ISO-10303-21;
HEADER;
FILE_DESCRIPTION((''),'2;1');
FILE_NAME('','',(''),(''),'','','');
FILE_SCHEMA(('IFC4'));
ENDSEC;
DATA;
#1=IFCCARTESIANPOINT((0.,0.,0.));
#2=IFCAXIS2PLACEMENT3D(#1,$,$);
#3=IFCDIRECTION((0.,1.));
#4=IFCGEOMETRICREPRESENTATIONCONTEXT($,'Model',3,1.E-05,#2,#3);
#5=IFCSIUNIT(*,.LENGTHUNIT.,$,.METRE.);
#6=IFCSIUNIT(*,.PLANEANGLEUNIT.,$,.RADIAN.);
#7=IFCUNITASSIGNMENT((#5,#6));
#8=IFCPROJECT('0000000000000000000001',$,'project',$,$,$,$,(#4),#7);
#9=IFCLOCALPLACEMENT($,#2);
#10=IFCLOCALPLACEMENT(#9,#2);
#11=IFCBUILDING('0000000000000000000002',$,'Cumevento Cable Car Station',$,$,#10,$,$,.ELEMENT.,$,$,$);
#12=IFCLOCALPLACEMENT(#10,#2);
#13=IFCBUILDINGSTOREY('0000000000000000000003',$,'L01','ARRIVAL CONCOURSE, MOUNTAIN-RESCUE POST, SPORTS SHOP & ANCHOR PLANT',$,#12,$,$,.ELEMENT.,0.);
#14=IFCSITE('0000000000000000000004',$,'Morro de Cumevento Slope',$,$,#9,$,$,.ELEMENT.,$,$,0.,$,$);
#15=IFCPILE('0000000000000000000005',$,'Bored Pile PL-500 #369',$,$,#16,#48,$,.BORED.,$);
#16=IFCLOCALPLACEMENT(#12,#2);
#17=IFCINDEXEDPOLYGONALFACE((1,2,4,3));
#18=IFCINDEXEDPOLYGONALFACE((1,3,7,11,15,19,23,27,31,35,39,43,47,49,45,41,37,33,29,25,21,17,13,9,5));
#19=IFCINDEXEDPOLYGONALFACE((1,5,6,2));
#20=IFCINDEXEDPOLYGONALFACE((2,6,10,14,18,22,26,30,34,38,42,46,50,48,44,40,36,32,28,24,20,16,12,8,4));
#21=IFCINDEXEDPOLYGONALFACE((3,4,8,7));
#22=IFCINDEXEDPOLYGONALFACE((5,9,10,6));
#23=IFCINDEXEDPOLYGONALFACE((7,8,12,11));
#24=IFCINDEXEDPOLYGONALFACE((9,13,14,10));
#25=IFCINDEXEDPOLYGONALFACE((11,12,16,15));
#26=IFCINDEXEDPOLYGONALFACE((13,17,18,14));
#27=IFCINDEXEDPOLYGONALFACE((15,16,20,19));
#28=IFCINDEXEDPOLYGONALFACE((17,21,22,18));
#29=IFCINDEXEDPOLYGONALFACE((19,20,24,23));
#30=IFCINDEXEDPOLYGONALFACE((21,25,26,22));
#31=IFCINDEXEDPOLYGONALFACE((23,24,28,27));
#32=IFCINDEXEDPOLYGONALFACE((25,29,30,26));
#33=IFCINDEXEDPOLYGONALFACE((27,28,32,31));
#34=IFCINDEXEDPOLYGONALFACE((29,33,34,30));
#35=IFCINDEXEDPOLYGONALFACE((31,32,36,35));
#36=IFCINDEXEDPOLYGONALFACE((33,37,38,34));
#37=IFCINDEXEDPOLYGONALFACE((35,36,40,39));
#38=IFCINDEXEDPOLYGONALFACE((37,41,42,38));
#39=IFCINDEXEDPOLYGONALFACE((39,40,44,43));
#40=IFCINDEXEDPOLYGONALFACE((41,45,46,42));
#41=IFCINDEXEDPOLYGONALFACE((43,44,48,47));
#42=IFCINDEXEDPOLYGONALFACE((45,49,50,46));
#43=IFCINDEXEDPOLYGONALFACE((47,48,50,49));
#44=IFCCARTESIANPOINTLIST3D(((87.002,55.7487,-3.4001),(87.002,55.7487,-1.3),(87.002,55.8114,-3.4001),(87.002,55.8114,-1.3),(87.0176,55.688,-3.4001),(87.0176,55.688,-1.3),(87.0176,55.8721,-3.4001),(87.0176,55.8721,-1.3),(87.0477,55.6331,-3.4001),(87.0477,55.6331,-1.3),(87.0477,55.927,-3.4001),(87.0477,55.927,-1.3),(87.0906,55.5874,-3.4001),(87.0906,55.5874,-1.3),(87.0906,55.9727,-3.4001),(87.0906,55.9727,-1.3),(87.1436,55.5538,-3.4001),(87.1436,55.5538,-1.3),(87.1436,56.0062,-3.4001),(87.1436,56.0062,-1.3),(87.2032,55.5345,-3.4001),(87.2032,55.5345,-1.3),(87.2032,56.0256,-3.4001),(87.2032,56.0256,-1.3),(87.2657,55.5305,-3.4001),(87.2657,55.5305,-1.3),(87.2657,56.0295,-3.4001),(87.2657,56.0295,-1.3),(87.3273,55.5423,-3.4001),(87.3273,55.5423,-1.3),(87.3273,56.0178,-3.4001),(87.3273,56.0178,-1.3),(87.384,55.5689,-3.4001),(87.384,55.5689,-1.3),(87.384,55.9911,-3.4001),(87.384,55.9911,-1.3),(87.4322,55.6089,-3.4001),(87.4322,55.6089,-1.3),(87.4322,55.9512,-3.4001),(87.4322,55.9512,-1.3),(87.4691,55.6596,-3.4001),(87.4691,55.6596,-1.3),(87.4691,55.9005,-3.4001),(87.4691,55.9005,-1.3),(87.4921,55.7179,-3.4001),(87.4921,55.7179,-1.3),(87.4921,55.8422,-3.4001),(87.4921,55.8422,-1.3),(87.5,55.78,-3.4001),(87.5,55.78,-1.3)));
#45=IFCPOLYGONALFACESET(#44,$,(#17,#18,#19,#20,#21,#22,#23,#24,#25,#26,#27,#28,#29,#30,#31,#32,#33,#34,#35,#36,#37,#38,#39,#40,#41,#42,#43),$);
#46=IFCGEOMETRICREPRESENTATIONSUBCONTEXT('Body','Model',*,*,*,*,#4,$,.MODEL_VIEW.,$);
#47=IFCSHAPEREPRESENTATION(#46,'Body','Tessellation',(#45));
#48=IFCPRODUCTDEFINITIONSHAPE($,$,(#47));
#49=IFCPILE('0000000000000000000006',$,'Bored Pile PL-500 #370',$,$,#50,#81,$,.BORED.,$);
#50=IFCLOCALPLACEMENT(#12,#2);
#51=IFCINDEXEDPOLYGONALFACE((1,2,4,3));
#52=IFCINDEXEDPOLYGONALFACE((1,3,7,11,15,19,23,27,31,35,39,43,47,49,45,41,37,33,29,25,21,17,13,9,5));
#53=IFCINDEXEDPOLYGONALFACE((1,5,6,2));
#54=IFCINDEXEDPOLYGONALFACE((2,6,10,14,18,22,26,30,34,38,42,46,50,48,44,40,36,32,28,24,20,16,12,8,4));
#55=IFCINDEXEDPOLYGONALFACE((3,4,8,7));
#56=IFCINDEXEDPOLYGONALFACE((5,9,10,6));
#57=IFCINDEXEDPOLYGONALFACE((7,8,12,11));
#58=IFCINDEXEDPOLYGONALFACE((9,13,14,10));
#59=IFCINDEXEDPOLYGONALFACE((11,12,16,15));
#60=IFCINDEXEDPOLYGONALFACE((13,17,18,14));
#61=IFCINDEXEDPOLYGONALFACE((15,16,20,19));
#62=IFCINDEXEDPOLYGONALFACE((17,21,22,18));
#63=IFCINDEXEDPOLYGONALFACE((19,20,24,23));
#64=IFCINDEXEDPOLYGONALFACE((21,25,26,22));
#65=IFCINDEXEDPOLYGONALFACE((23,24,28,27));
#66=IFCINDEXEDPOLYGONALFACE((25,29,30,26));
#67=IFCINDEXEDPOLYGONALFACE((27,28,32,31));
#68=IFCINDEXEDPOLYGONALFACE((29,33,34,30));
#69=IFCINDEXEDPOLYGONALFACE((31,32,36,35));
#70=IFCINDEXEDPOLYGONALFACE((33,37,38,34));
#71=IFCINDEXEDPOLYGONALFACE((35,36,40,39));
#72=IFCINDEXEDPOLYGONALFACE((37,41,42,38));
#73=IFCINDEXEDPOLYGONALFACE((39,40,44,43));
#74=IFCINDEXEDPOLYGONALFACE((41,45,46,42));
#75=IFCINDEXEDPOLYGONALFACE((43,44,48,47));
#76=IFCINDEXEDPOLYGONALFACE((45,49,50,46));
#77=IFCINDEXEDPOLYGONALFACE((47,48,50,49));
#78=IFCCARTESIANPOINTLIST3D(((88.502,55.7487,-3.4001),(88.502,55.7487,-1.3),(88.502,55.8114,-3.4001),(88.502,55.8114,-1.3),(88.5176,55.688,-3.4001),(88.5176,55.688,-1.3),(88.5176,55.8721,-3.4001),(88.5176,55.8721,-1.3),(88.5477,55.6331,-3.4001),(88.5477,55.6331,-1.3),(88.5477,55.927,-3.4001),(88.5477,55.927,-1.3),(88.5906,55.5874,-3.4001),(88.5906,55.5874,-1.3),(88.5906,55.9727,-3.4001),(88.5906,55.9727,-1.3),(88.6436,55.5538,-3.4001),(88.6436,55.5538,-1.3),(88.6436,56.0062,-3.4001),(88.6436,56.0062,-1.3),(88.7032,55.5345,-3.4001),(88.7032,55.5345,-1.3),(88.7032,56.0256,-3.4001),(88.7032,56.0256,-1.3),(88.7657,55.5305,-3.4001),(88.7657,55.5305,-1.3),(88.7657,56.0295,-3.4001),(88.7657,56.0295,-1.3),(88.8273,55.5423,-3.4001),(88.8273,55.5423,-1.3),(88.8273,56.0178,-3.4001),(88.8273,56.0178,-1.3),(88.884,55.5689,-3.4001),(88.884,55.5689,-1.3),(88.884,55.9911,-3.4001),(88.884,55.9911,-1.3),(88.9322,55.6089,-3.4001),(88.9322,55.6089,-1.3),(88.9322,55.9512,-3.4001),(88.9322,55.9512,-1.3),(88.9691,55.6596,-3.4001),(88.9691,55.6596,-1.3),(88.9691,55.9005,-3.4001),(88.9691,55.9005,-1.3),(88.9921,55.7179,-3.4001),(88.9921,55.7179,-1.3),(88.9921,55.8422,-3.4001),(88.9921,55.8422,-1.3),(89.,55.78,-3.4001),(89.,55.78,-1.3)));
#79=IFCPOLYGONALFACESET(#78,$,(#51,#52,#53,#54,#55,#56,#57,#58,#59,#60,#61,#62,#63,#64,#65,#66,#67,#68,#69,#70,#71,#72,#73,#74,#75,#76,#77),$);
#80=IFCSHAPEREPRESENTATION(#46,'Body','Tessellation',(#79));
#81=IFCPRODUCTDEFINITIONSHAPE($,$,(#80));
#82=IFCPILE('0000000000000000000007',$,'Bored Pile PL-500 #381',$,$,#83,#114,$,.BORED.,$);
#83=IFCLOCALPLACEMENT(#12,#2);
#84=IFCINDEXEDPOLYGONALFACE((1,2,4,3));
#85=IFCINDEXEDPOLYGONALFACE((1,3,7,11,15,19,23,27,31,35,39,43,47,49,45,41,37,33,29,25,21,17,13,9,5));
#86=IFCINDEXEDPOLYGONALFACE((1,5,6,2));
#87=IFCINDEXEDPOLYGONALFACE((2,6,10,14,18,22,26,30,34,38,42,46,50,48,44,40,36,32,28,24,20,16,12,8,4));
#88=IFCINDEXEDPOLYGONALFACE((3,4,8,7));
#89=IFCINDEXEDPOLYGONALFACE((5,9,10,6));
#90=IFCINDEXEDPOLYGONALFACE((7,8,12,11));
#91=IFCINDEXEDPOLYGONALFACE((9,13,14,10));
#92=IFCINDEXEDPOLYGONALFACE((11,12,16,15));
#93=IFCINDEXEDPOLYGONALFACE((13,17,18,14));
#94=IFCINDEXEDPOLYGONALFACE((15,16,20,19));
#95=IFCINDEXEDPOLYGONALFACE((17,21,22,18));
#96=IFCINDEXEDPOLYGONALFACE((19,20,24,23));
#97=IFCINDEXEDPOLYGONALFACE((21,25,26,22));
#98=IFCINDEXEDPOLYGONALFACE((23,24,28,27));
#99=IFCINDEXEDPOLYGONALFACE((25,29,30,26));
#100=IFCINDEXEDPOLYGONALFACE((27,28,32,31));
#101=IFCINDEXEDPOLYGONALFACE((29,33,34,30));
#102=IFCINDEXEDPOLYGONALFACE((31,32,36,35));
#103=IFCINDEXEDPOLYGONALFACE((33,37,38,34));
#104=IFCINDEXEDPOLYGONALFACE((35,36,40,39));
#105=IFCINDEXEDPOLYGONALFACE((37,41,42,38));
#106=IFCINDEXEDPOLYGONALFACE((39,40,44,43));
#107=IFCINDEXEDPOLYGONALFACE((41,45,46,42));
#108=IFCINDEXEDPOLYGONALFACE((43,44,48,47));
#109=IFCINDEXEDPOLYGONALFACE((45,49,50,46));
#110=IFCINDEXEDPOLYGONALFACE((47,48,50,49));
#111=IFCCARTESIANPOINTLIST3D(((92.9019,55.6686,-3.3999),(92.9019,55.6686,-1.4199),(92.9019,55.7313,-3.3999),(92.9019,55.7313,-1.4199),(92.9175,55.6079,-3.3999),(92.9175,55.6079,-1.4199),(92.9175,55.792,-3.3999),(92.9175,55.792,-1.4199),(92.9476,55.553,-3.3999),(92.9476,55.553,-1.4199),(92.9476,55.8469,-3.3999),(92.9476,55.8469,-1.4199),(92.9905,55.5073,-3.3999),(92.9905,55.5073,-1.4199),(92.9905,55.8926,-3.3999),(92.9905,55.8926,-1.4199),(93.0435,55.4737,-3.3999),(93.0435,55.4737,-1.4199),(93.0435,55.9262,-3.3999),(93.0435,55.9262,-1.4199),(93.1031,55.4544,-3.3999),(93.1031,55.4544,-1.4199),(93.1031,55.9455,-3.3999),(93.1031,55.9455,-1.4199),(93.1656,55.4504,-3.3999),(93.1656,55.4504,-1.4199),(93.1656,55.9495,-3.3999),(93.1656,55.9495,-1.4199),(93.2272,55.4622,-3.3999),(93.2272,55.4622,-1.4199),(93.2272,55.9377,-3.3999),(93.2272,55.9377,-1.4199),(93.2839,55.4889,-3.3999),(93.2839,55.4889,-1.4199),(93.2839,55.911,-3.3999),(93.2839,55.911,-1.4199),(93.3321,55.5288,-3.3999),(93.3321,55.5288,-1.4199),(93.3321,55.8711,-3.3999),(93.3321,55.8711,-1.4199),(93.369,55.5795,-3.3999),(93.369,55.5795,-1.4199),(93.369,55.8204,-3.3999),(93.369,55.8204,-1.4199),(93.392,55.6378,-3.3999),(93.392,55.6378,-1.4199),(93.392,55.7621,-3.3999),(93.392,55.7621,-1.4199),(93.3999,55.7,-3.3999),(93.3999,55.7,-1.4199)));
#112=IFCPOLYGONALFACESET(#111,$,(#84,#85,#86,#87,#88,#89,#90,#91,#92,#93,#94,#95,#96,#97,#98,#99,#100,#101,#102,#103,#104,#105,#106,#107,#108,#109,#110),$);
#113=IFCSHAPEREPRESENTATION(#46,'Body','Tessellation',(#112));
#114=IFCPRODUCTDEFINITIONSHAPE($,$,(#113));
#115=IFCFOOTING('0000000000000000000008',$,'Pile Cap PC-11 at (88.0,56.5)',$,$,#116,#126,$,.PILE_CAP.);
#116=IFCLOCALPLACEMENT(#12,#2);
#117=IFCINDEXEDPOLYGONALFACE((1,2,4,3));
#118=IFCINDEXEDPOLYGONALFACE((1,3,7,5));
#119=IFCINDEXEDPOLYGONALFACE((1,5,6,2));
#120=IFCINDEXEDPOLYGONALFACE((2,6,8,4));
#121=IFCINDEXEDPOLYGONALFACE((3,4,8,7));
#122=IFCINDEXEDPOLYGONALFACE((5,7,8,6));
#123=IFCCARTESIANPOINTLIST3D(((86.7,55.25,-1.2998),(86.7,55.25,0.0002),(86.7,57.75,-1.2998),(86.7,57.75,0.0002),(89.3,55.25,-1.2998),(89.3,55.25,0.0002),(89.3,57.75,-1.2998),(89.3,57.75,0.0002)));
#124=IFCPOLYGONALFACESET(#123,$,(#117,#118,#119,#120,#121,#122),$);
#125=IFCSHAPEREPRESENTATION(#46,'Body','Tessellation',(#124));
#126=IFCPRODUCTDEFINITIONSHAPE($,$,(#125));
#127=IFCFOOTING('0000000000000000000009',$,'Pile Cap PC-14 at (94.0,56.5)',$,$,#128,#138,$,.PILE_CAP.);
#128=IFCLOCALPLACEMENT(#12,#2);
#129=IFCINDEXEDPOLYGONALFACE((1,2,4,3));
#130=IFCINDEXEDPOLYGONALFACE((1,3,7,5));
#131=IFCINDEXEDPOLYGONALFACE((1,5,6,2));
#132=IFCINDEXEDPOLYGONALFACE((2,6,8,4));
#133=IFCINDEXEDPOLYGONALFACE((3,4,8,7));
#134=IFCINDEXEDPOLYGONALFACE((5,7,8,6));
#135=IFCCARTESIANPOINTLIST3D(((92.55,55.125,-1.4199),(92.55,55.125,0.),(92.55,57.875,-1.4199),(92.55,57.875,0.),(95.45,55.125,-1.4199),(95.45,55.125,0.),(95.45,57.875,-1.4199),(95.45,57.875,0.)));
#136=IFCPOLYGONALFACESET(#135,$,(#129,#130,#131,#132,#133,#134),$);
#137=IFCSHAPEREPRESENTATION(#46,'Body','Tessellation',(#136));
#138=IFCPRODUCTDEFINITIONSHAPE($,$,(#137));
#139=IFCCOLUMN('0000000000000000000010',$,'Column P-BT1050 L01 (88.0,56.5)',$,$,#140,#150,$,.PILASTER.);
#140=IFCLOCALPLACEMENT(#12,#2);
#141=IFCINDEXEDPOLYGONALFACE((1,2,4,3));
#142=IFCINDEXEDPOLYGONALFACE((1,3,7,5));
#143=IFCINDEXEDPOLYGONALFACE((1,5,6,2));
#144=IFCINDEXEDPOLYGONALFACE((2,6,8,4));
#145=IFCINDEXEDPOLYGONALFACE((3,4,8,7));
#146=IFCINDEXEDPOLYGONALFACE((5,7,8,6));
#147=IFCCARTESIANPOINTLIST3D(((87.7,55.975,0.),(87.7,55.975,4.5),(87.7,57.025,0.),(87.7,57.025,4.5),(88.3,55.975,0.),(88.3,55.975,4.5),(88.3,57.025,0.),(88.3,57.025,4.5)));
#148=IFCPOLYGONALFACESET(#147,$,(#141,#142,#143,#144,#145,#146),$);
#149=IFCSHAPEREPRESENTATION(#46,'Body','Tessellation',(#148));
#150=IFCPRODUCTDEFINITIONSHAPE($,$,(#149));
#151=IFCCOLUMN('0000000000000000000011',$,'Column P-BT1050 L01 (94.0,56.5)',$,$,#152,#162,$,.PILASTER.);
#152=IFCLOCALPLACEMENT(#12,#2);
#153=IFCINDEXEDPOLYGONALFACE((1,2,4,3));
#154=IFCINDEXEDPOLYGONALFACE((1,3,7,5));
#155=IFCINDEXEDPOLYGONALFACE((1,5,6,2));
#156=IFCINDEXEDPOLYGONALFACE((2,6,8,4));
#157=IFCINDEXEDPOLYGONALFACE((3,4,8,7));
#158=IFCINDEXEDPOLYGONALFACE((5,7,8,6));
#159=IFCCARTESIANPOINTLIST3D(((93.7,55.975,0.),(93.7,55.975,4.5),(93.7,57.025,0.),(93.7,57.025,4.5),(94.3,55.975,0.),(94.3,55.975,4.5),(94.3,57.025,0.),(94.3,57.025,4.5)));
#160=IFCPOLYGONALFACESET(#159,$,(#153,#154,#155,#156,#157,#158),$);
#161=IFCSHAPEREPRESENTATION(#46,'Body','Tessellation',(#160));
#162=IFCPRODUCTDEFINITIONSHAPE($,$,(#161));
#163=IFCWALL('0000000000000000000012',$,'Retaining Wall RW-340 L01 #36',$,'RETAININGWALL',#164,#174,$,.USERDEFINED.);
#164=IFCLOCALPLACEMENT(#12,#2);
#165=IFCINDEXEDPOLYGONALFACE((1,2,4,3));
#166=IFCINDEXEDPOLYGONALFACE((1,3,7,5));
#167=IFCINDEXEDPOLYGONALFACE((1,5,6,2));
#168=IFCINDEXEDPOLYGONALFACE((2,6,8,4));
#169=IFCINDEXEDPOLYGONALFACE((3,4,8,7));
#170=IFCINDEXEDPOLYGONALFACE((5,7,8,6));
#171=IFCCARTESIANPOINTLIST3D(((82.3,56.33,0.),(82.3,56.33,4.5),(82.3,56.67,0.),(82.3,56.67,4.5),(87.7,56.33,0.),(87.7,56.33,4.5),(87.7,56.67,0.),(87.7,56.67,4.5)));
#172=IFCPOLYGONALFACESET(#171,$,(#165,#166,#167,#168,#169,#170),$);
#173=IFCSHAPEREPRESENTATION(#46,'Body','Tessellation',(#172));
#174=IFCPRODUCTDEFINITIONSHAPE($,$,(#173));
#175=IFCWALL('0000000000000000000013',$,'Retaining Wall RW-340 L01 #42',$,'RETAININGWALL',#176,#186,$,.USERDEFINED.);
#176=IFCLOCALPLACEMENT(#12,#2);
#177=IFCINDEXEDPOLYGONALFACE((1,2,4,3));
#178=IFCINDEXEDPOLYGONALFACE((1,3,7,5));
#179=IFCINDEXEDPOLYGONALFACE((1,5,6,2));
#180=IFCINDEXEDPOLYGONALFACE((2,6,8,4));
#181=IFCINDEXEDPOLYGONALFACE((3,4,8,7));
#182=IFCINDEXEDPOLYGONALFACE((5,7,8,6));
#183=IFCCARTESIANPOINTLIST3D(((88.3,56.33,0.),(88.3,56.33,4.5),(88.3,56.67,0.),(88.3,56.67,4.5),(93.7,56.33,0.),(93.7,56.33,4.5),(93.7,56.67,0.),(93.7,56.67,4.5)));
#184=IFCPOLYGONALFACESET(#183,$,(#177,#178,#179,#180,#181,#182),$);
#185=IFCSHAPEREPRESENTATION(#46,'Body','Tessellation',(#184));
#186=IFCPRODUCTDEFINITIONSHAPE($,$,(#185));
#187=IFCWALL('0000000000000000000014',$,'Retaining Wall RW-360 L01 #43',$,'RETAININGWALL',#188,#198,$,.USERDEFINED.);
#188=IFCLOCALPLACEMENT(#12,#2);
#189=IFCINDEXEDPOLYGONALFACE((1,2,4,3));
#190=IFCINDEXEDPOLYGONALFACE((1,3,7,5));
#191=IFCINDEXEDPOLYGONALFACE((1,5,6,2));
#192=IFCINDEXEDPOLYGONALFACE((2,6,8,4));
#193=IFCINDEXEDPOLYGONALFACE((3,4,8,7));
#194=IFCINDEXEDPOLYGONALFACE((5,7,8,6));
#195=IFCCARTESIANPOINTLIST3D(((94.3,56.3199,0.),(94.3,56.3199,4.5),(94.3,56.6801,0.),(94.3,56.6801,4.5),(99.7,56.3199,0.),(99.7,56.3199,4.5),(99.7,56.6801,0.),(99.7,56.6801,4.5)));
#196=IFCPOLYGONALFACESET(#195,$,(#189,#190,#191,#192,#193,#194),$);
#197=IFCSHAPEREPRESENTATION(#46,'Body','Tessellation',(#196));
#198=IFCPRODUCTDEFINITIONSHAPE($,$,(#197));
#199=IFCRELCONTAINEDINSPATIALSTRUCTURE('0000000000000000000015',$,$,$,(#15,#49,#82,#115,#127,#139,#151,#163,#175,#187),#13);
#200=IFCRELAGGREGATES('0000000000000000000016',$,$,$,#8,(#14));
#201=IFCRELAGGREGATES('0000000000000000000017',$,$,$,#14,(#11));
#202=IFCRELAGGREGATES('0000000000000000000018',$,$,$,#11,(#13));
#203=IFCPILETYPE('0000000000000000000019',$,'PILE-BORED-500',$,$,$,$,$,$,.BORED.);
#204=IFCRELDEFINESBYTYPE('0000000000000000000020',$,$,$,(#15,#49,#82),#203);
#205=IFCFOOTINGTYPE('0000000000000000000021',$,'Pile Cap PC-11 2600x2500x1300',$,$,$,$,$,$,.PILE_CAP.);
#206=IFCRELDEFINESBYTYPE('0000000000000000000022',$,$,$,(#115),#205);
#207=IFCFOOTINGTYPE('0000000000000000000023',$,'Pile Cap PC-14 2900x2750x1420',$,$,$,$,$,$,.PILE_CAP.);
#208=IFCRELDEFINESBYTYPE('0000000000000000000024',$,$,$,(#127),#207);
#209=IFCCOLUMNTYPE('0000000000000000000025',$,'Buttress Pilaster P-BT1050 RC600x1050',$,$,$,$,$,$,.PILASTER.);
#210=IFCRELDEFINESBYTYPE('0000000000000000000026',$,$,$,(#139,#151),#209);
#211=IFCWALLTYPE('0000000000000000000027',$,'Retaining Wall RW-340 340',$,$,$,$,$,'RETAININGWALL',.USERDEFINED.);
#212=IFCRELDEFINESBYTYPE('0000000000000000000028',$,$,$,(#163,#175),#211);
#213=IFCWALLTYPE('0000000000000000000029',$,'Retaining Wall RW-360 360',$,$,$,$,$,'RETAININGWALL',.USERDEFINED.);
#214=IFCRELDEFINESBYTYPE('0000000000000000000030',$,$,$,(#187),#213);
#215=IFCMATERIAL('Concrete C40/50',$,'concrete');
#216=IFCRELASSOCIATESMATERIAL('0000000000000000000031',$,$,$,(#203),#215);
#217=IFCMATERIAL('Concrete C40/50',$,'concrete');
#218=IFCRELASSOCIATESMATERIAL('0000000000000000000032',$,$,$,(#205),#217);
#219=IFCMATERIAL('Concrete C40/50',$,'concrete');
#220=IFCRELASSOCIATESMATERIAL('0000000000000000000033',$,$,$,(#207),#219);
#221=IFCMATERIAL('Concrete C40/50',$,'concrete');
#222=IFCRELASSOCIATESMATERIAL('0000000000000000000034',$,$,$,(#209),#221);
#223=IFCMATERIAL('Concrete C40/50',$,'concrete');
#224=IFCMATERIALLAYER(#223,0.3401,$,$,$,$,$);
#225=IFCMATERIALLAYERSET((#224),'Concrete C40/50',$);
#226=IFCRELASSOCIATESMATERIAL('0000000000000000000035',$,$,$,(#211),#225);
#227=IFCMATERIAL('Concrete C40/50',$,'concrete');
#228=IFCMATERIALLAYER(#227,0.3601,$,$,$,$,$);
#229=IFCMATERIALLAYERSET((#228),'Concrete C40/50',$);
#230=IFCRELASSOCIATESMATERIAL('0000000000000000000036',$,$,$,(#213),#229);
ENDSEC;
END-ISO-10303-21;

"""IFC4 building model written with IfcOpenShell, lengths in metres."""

from ifc_helpers import new_model, si_unit, direction, frame, frame_2d, origin, origin_2d, place, context, subcontext, project, spatial, rectangle, circle, extrude, material, layer, layer_set, material_profile, profile_set, type_object, element, save


model = new_model("IFC4")

# Units and contexts
model_context = context("Model", 3, precision=1e-05, world=origin(), true_north=direction((0.0, 1.0)))
body_context = subcontext(model_context, "Body", "Model", "MODEL_VIEW")
ifc_project = project(units=[si_unit("LENGTHUNIT", "METRE"), si_unit("PLANEANGLEUNIT", "RADIAN")], contexts=[model_context])

# Site, building, storey
site_placement = place(None, origin())
site = spatial("IfcSite", under=ifc_project, at=site_placement, Name="Morro de Cumevento Slope", CompositionType="ELEMENT", RefElevation=0.0)
building_placement = place(site_placement, origin())
building = spatial("IfcBuilding", under=site, at=building_placement, Name="Cumevento Cable Car Station", CompositionType="ELEMENT")
storey_placement = place(building_placement, origin())
storey = spatial("IfcBuildingStorey", under=building, at=storey_placement, Name="L01", Description="ARRIVAL CONCOURSE, MOUNTAIN-RESCUE POST, SPORTS SHOP & ANCHOR PLANT", CompositionType="ELEMENT", Elevation=0.0)

# Piles
ifc_material_1 = material(Name="Concrete C40/50", Category="concrete")
ifc_material_profile_1 = material_profile(ifc_material_1, circle(Radius=0.25, at=origin_2d()), Name="PILE-D500")
ifc_profile_set_1 = profile_set([ifc_material_profile_1], Name="Concrete C40/50")
pile_type_1 = type_object("IfcPileType", Name="PILE-BORED-500", PredefinedType="BORED", material=ifc_profile_set_1)
for number, where, z_axis, x_axis, name in (
    (1, (87.25, 55.78, -1.3), (0.0, 0.0, -1.0), (1.0, 0.0, 0.0), "Bored Pile PL-500 #369"),
    (2, (88.75, 55.78, -1.3), (0.0, 0.0, -1.0), (1.0, 0.0, 0.0), "Bored Pile PL-500 #370"),
):
    element("IfcPile", number, at=place(storey_placement, frame(where, z_axis=z_axis, x_axis=x_axis)), inside=storey, type_object=pile_type_1, Name=name, PredefinedType="BORED", context=body_context, shape_type="SweptSolid", body=[
        extrude(circle(Radius=0.25, at=origin_2d()), origin(), (0.0, 0.0, 1.0), 2.1001),
    ])
pile_1_placement = place(storey_placement, frame((93.1499, 55.7, -1.4199), z_axis=(0.0, 0.0, -1.0), x_axis=(1.0, 0.0, 0.0)))
element("IfcPile", 3, at=pile_1_placement, inside=storey, type_object=pile_type_1, Name="Bored Pile PL-500 #381", PredefinedType="BORED", context=body_context, shape_type="SweptSolid", body=[
    extrude(circle(Radius=0.25, at=origin_2d()), origin(), (0.0, 0.0, 1.0), 1.98),
])

# Footings
ifc_material_2 = material(Name="Concrete C40/50", Category="concrete")
footing_type_1 = type_object("IfcFootingType", Name="Pile Cap PC-11 2600x2500x1300", PredefinedType="PILE_CAP", material=ifc_material_2)
footing_1_placement = place(storey_placement, frame((88.0, 56.5, -1.2998), z_axis=(0.0, 0.0, 1.0), x_axis=(1.0, 0.0, 0.0)))
element("IfcFooting", 4, at=footing_1_placement, inside=storey, type_object=footing_type_1, Name="Pile Cap PC-11 at (88.0,56.5)", PredefinedType="PILE_CAP", context=body_context, shape_type="SweptSolid", body=[
    extrude(rectangle(XDim=2.6001, YDim=2.5, at=origin_2d()), origin(), (0.0, 0.0, 1.0), 1.3),
])
ifc_material_3 = material(Name="Concrete C40/50", Category="concrete")
footing_type_2 = type_object("IfcFootingType", Name="Pile Cap PC-14 2900x2750x1420", PredefinedType="PILE_CAP", material=ifc_material_3)
footing_2_placement = place(storey_placement, frame((94.0, 56.5, -1.4199), z_axis=(0.0, 0.0, 1.0), x_axis=(1.0, 0.0, 0.0)))
element("IfcFooting", 5, at=footing_2_placement, inside=storey, type_object=footing_type_2, Name="Pile Cap PC-14 at (94.0,56.5)", PredefinedType="PILE_CAP", context=body_context, shape_type="SweptSolid", body=[
    extrude(rectangle(XDim=2.8999, YDim=2.75, at=origin_2d()), origin(), (0.0, 0.0, 1.0), 1.4199),
])

# Columns
ifc_material_4 = material(Name="Concrete C40/50", Category="concrete")
ifc_material_profile_2 = material_profile(ifc_material_4, rectangle(XDim=0.6001, YDim=1.05, at=origin_2d()), Name="RC600x1050")
ifc_profile_set_2 = profile_set([ifc_material_profile_2], Name="Concrete C40/50")
column_type = type_object("IfcColumnType", Name="Buttress Pilaster P-BT1050 RC600x1050", PredefinedType="PILASTER", material=ifc_profile_set_2)
for number, where, z_axis, x_axis, name in (
    (6, (88.0, 56.5, 0.0), (0.0, 0.0, 1.0), (1.0, 0.0, 0.0), "Column P-BT1050 L01 (88.0,56.5)"),
    (7, (94.0, 56.5, 0.0), (0.0, 0.0, 1.0), (1.0, 0.0, 0.0), "Column P-BT1050 L01 (94.0,56.5)"),
):
    element("IfcColumn", number, at=place(storey_placement, frame(where, z_axis=z_axis, x_axis=x_axis)), inside=storey, type_object=column_type, Name=name, PredefinedType="PILASTER", context=body_context, shape_type="SweptSolid", body=[
        extrude(rectangle(XDim=0.6001, YDim=1.05, at=origin_2d()), origin(), (0.0, 0.0, 1.0), 4.5),
    ])

# Walls
ifc_material_5 = material(Name="Concrete C40/50", Category="concrete")
ifc_layer_1 = layer(ifc_material_5, 0.3401)
ifc_layer_set_1 = layer_set([ifc_layer_1], Name="Concrete C40/50")
wall_type_1 = type_object("IfcWallType", Name="Retaining Wall RW-340 340", ElementType="RETAININGWALL", PredefinedType="USERDEFINED", material=ifc_layer_set_1)
for number, where, z_axis, x_axis, name in (
    (8, (82.3, 56.5, 0.0), (0.0, 0.0, 1.0), (1.0, 0.0, 0.0), "Retaining Wall RW-340 L01 #36"),
    (9, (88.3, 56.5, 0.0), (0.0, 0.0, 1.0), (1.0, 0.0, 0.0), "Retaining Wall RW-340 L01 #42"),
):
    element("IfcWall", number, at=place(storey_placement, frame(where, z_axis=z_axis, x_axis=x_axis)), inside=storey, type_object=wall_type_1, Name=name, ObjectType="RETAININGWALL", PredefinedType="USERDEFINED", context=body_context, shape_type="SweptSolid", body=[
        extrude(rectangle(XDim=5.3999, YDim=0.3401, at=frame_2d((2.7, 0.0))), origin(), (0.0, 0.0, 1.0), 4.5),
    ])
ifc_material_6 = material(Name="Concrete C40/50", Category="concrete")
ifc_layer_2 = layer(ifc_material_6, 0.3601)
ifc_layer_set_2 = layer_set([ifc_layer_2], Name="Concrete C40/50")
wall_type_2 = type_object("IfcWallType", Name="Retaining Wall RW-360 360", ElementType="RETAININGWALL", PredefinedType="USERDEFINED", material=ifc_layer_set_2)
wall_placement = place(storey_placement, frame((94.3, 56.5, 0.0), z_axis=(0.0, 0.0, 1.0), x_axis=(1.0, 0.0, 0.0)))
element("IfcWall", 10, at=wall_placement, inside=storey, type_object=wall_type_2, Name="Retaining Wall RW-360 L01 #43", ObjectType="RETAININGWALL", PredefinedType="USERDEFINED", context=body_context, shape_type="SweptSolid", body=[
    extrude(rectangle(XDim=5.3999, YDim=0.3601, at=frame_2d((2.7, 0.0))), origin(), (0.0, 0.0, 1.0), 4.5),
])

save(model, "model.ifc")
